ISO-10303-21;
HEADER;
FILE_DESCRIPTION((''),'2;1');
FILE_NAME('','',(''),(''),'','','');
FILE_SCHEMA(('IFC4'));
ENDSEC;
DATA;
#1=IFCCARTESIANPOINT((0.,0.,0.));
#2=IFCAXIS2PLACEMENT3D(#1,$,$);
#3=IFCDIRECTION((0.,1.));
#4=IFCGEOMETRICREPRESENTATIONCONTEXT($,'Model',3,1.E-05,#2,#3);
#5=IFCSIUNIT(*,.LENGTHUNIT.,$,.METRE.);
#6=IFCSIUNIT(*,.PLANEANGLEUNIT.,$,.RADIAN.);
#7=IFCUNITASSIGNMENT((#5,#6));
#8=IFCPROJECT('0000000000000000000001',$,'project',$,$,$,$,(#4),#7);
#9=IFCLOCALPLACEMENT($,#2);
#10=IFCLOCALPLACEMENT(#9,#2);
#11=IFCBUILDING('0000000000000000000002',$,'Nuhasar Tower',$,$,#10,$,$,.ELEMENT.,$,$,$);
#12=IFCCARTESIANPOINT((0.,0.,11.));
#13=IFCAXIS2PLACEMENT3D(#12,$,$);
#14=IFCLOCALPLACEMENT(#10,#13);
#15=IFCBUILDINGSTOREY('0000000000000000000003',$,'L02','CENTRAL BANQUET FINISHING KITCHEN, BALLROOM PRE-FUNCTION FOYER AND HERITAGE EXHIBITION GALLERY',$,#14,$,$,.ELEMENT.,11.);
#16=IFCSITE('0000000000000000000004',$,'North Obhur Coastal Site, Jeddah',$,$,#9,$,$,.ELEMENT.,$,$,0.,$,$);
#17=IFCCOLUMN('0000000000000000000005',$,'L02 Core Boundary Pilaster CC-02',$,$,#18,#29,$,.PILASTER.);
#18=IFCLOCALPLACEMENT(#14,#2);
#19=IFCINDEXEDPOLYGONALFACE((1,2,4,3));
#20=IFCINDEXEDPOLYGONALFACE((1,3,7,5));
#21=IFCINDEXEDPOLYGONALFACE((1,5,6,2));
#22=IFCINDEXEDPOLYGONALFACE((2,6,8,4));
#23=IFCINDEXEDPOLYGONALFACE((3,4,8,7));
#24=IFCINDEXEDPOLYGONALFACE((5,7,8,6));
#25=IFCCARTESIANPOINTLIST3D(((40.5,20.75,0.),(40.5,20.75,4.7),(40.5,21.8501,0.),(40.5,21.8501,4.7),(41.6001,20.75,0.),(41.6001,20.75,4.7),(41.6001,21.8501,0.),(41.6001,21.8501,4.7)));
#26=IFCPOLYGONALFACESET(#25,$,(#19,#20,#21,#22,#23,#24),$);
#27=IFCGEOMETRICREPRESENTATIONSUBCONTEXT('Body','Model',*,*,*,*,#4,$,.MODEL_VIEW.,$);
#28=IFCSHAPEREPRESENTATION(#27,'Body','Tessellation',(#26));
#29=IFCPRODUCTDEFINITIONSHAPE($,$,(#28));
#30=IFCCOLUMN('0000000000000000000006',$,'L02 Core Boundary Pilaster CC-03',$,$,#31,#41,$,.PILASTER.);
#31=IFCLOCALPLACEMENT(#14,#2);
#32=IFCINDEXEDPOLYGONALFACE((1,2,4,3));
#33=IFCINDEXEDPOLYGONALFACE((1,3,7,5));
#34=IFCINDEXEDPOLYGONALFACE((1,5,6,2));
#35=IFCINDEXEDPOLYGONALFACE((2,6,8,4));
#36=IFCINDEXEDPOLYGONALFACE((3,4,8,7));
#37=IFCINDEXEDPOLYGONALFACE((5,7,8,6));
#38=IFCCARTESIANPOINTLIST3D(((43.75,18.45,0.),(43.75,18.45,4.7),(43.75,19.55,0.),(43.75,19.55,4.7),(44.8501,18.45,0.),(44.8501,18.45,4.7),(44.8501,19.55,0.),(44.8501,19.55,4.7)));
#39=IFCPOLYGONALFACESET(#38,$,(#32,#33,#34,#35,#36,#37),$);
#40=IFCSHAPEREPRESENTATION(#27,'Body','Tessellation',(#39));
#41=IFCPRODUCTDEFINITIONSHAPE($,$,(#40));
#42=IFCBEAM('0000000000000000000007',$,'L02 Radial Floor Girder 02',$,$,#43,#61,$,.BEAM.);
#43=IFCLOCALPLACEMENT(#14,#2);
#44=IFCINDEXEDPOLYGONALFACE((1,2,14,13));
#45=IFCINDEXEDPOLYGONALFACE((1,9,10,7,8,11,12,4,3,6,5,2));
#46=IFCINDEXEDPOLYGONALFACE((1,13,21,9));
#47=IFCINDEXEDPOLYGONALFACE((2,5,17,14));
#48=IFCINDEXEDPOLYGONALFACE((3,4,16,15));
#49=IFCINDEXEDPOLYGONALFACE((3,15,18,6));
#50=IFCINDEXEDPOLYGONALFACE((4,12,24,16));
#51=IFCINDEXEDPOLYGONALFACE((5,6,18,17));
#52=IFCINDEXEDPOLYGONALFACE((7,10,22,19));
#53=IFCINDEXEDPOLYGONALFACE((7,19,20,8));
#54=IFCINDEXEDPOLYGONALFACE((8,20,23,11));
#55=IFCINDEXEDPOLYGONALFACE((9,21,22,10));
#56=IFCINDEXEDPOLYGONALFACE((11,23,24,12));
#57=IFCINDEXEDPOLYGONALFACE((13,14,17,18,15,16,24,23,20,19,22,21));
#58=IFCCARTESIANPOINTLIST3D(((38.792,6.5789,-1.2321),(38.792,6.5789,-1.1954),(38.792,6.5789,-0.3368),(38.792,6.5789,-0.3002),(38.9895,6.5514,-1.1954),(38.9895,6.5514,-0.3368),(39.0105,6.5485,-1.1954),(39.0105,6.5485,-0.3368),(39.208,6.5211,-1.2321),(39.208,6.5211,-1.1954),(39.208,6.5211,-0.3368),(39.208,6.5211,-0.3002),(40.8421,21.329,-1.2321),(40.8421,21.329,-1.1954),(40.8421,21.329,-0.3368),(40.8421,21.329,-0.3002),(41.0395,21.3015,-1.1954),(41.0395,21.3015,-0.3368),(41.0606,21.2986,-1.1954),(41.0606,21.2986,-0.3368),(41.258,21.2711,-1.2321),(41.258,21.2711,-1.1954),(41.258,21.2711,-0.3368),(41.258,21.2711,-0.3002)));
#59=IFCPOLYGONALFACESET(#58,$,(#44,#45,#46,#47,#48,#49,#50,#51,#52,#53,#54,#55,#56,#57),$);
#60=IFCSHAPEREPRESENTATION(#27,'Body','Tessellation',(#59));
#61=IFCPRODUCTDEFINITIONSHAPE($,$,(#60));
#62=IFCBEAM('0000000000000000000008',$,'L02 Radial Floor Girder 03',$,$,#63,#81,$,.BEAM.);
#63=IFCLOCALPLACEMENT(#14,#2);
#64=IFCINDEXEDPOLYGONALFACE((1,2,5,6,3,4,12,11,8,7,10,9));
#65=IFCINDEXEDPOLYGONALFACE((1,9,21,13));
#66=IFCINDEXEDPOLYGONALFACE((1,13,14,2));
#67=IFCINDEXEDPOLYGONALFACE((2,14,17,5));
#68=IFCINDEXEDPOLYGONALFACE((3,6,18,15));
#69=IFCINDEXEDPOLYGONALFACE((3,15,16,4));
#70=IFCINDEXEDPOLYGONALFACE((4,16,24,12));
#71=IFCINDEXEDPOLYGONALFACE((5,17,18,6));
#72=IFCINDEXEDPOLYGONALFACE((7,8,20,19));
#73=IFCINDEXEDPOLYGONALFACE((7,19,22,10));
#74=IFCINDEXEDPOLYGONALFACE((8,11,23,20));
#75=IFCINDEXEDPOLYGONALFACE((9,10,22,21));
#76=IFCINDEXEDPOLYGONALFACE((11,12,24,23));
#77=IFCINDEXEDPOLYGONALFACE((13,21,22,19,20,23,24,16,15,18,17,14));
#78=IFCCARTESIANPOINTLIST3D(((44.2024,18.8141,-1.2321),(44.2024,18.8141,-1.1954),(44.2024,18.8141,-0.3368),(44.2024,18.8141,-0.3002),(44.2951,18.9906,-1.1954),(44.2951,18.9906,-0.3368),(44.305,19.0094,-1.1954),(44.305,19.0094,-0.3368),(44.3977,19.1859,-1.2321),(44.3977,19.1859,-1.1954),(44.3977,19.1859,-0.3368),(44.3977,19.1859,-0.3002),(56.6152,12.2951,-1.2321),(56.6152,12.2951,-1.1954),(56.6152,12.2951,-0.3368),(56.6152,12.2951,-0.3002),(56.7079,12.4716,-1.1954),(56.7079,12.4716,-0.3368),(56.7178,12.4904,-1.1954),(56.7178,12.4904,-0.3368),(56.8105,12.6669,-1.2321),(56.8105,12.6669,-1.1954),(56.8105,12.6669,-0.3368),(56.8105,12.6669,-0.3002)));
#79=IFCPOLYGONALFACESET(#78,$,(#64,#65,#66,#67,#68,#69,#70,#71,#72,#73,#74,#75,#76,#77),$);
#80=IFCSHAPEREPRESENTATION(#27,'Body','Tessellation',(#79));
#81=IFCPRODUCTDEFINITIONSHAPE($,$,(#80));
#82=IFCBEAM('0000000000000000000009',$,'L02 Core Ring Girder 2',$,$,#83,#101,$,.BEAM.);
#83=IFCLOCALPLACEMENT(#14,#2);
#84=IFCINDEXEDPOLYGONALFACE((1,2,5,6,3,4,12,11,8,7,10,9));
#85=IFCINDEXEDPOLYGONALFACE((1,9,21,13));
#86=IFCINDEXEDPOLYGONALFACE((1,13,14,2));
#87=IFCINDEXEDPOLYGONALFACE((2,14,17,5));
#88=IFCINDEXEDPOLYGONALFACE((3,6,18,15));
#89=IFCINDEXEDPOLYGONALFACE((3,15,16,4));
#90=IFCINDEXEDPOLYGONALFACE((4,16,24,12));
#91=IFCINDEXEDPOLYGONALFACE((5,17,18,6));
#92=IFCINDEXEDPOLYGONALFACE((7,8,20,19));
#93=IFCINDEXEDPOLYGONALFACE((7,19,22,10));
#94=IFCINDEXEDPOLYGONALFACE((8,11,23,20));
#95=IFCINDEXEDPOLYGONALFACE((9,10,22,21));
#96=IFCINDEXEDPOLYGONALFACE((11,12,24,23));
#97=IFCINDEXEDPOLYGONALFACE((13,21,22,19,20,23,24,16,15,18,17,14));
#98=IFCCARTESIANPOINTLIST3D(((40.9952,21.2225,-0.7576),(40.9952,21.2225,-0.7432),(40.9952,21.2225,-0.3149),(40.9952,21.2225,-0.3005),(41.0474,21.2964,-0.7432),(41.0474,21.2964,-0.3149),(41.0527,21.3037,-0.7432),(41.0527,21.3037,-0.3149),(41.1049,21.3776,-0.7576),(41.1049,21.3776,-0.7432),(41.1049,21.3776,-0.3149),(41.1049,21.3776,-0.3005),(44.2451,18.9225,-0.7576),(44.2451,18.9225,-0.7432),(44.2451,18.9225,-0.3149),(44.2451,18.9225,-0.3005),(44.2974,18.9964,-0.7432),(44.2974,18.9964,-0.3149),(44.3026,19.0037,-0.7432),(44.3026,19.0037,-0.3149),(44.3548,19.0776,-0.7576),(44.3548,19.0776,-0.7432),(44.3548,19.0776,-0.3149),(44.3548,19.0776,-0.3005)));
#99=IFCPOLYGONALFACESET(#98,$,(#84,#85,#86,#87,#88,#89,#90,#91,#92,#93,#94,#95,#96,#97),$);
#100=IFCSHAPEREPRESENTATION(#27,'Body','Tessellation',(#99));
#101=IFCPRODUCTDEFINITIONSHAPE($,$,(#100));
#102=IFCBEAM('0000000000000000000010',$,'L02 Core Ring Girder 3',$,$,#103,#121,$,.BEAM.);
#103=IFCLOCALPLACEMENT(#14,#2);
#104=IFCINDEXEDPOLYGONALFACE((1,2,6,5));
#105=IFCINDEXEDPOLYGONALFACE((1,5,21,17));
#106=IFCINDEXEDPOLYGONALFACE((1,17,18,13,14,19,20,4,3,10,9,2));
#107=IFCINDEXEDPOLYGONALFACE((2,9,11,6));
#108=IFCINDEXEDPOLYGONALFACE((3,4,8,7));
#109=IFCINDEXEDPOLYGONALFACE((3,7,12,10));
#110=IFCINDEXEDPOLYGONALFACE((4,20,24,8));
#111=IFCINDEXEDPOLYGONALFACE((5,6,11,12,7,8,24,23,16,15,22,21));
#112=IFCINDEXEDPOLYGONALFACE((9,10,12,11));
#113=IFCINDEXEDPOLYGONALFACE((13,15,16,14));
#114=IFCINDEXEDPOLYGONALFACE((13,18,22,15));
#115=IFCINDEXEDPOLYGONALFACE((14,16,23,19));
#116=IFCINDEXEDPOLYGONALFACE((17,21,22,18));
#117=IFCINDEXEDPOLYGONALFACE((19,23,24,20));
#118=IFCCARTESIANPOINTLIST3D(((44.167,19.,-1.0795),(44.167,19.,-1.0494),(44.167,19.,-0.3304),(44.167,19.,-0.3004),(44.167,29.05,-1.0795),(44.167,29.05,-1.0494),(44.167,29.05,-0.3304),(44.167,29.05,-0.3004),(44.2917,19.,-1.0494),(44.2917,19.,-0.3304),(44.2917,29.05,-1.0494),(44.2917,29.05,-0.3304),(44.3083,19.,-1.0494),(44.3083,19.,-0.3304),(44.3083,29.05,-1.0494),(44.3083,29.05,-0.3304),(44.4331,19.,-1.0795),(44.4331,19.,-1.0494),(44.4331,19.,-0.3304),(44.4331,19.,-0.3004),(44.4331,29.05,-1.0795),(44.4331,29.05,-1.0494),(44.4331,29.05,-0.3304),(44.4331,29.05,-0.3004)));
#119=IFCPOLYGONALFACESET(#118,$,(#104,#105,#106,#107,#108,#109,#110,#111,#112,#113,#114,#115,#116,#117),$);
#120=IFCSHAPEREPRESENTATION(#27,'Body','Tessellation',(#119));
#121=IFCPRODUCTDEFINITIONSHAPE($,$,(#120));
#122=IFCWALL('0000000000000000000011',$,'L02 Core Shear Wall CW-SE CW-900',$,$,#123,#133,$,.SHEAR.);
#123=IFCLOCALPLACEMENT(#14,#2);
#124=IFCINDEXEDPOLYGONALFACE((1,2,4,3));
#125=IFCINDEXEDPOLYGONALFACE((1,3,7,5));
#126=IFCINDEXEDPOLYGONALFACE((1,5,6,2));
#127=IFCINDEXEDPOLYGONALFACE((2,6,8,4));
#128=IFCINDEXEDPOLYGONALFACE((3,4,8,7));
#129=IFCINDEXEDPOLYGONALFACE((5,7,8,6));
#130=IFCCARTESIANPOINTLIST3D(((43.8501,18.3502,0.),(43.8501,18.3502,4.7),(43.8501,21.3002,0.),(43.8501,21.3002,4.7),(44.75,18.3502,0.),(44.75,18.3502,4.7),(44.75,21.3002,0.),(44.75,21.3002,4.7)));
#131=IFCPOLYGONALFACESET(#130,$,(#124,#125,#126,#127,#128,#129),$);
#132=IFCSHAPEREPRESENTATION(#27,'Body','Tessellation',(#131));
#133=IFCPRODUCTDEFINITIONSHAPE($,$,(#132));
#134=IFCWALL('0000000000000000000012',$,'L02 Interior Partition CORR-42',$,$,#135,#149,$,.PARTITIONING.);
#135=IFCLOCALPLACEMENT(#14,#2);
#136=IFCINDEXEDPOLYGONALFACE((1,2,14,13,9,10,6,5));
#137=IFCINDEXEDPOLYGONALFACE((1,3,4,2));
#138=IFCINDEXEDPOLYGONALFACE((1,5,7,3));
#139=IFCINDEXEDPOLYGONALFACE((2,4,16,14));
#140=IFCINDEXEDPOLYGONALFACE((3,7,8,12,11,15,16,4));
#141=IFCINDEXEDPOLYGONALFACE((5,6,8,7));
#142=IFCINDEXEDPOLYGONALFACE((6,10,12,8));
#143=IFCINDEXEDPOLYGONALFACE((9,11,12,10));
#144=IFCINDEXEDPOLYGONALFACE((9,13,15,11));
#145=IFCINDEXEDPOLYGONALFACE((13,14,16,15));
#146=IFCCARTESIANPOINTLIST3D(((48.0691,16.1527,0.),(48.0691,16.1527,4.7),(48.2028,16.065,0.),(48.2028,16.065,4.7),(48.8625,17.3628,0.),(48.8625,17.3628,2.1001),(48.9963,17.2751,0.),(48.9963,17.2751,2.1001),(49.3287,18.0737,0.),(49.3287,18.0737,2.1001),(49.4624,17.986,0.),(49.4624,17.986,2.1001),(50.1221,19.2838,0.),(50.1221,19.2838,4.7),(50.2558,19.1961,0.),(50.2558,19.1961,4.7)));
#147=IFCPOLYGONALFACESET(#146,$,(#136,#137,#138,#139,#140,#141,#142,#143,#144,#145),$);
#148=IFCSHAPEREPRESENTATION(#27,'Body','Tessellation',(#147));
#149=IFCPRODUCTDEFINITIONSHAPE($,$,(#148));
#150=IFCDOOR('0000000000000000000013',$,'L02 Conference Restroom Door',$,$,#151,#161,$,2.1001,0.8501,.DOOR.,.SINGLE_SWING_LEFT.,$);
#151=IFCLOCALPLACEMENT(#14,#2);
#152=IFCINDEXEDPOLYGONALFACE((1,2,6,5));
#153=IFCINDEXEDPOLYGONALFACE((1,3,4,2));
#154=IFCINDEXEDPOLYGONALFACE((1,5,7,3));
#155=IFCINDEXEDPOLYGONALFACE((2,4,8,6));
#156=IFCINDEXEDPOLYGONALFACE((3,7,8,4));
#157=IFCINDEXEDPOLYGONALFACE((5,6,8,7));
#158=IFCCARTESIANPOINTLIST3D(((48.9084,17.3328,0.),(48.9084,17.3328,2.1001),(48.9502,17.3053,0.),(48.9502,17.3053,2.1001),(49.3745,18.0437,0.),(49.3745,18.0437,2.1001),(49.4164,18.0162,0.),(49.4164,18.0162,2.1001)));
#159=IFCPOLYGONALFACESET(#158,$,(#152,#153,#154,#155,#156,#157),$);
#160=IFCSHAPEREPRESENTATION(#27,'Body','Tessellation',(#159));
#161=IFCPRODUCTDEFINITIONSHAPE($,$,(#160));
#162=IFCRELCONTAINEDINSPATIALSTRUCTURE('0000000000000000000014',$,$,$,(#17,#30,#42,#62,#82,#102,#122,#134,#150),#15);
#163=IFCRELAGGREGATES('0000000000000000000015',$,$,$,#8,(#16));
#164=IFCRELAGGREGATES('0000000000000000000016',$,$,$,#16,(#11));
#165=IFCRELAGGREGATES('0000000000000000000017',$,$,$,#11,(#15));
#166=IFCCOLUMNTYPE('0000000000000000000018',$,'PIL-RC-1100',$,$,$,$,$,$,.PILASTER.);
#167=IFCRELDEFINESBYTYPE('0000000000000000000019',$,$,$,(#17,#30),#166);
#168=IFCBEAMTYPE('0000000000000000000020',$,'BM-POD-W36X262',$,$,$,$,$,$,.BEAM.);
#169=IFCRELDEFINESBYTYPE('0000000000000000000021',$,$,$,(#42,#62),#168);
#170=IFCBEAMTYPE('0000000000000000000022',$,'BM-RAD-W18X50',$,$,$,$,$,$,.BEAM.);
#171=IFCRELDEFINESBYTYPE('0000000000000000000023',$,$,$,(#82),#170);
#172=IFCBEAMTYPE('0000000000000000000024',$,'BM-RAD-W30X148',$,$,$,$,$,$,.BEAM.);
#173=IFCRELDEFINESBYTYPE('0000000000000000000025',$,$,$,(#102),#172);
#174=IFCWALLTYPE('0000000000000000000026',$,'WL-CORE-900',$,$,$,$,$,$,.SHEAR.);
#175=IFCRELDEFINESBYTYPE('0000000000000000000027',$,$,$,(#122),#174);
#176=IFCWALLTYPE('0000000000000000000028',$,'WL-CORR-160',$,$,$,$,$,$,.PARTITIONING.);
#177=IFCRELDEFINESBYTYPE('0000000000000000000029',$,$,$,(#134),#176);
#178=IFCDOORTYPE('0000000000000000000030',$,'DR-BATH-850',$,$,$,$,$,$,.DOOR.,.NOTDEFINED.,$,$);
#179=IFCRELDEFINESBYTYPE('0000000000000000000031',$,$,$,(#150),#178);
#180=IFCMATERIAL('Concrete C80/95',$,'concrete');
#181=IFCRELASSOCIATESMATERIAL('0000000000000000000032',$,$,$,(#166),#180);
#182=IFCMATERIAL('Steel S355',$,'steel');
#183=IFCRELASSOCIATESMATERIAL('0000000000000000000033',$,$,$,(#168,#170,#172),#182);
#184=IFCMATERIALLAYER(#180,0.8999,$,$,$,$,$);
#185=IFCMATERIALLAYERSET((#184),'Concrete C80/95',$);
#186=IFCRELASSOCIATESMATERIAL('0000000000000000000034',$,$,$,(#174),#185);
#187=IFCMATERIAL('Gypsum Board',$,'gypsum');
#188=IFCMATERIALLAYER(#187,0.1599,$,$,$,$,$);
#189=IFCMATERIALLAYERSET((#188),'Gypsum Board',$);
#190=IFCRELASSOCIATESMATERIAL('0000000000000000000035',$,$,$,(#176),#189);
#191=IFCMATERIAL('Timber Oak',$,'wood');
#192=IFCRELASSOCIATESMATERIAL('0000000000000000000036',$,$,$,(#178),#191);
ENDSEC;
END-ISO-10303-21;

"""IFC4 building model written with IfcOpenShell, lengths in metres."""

from ifc_helpers import new_model, si_unit, direction, frame, frame_2d, origin, origin_2d, place, context, subcontext, project, spatial, rectangle, i_section, extrude, material, layer, layer_set, material_profile, profile_set, type_object, element, fill, save


model = new_model("IFC4")

# Units and contexts
model_context = context("Model", 3, precision=1e-05, world=origin(), true_north=direction((0.0, 1.0)))
body_context = subcontext(model_context, "Body", "Model", "MODEL_VIEW")
ifc_project = project(units=[si_unit("LENGTHUNIT", "METRE"), si_unit("PLANEANGLEUNIT", "RADIAN")], contexts=[model_context])

# Site, building, storey
site_placement = place(None, origin())
site = spatial("IfcSite", under=ifc_project, at=site_placement, Name="North Obhur Coastal Site, Jeddah", CompositionType="ELEMENT", RefElevation=0.0)
building_placement = place(site_placement, origin())
building = spatial("IfcBuilding", under=site, at=building_placement, Name="Nuhasar Tower", CompositionType="ELEMENT")
storey_placement = place(building_placement, frame((0.0, 0.0, 11.0)))
storey = spatial("IfcBuildingStorey", under=building, at=storey_placement, Name="L02", Description="CENTRAL BANQUET FINISHING KITCHEN, BALLROOM PRE-FUNCTION FOYER AND HERITAGE EXHIBITION GALLERY", CompositionType="ELEMENT", Elevation=11.0)

# Columns
ifc_material_1 = material(Name="Concrete C80/95", Category="concrete")
ifc_material_profile_1 = material_profile(ifc_material_1, rectangle(XDim=1.1001, YDim=1.1001, at=origin_2d()), Name="RC1100X1100")
ifc_profile_set_1 = profile_set([ifc_material_profile_1], Name="Concrete C80/95")
column_type = type_object("IfcColumnType", Name="PIL-RC-1100", PredefinedType="PILASTER", material=ifc_profile_set_1)
for number, where, z_axis, x_axis, name in (
    (1, (41.05, 21.3, 0.0), (0.0, 0.0, 1.0), (1.0, 0.0, 0.0), "L02 Core Boundary Pilaster CC-02"),
    (2, (44.3, 19.0, 0.0), (0.0, 0.0, 1.0), (1.0, 0.0, 0.0), "L02 Core Boundary Pilaster CC-03"),
):
    element("IfcColumn", number, at=place(storey_placement, frame(where, z_axis=z_axis, x_axis=x_axis)), inside=storey, type_object=column_type, Name=name, PredefinedType="PILASTER", context=body_context, shape_type="SweptSolid", body=[
        extrude(rectangle(XDim=1.1001, YDim=1.1001, at=origin_2d()), origin(), (0.0, 0.0, 1.0), 4.7),
    ])

# Beams
ifc_material_2 = material(Name="Steel S355", Category="steel")
ifc_material_profile_2 = material_profile(ifc_material_2, i_section(OverallWidth=0.4199, OverallDepth=0.9319, WebThickness=0.0212, FlangeThickness=0.0366, at=origin_2d()), Name="W36X262")
ifc_profile_set_2 = profile_set([ifc_material_profile_2], Name="Steel S355")
beam_type_1 = type_object("IfcBeamType", Name="BM-POD-W36X262", PredefinedType="BEAM", material=ifc_profile_set_2)
beam_1_placement = place(storey_placement, frame((41.05, 21.3, -0.7661), z_axis=(-0.137663, -0.990479, 0.0), x_axis=(0.990479, -0.137663, 0.0)))
element("IfcBeam", 3, at=beam_1_placement, inside=storey, type_object=beam_type_1, Name="L02 Radial Floor Girder 02", PredefinedType="BEAM", context=body_context, shape_type="SweptSolid", body=[
    extrude(i_section(OverallWidth=0.4199, OverallDepth=0.9319, WebThickness=0.0212, FlangeThickness=0.0366, at=origin_2d()), origin(), (0.0, 0.0, 1.0), 14.8918),
])
beam_2_placement = place(storey_placement, frame((44.3, 19.0, -0.7661), z_axis=(0.88533, -0.464963, 0.0), x_axis=(0.464963, 0.88533, 0.0)))
element("IfcBeam", 4, at=beam_2_placement, inside=storey, type_object=beam_type_1, Name="L02 Radial Floor Girder 03", PredefinedType="BEAM", context=body_context, shape_type="SweptSolid", body=[
    extrude(i_section(OverallWidth=0.4199, OverallDepth=0.9319, WebThickness=0.0212, FlangeThickness=0.0366, at=origin_2d()), origin(), (0.0, 0.0, 1.0), 14.0205),
])
ifc_material_profile_3 = material_profile(ifc_material_2, i_section(OverallWidth=0.1899, OverallDepth=0.457, WebThickness=0.009, FlangeThickness=0.0144, at=origin_2d()), Name="W18X50")
ifc_profile_set_3 = profile_set([ifc_material_profile_3], Name="Steel S355")
beam_type_2 = type_object("IfcBeamType", Name="BM-RAD-W18X50", PredefinedType="BEAM", material=ifc_profile_set_3)
beam_3_placement = place(storey_placement, frame((41.05, 21.3, -0.5291), z_axis=(0.816265, -0.577677, 0.0), x_axis=(0.577677, 0.816265, 0.0)))
element("IfcBeam", 5, at=beam_3_placement, inside=storey, type_object=beam_type_2, Name="L02 Core Ring Girder 2", PredefinedType="BEAM", context=body_context, shape_type="SweptSolid", body=[
    extrude(i_section(OverallWidth=0.1899, OverallDepth=0.457, WebThickness=0.009, FlangeThickness=0.0144, at=origin_2d()), origin(), (0.0, 0.0, 1.0), 3.9814),
])
ifc_material_profile_4 = material_profile(ifc_material_2, i_section(OverallWidth=0.2661, OverallDepth=0.7791, WebThickness=0.0166, FlangeThickness=0.03, at=origin_2d()), Name="W30X148")
ifc_profile_set_4 = profile_set([ifc_material_profile_4], Name="Steel S355")
beam_type_3 = type_object("IfcBeamType", Name="BM-RAD-W30X148", PredefinedType="BEAM", material=ifc_profile_set_4)
beam_4_placement = place(storey_placement, frame((44.3, 19.0, -0.6899), z_axis=(0.0, 1.0, 0.0), x_axis=(-1.0, 0.0, 0.0)))
element("IfcBeam", 6, at=beam_4_placement, inside=storey, type_object=beam_type_3, Name="L02 Core Ring Girder 3", PredefinedType="BEAM", context=body_context, shape_type="SweptSolid", body=[
    extrude(i_section(OverallWidth=0.2661, OverallDepth=0.7791, WebThickness=0.0166, FlangeThickness=0.03, at=origin_2d()), origin(), (0.0, 0.0, 1.0), 10.05),
])

# Wall
ifc_layer_1 = layer(ifc_material_1, 0.8999)
ifc_layer_set_1 = layer_set([ifc_layer_1], Name="Concrete C80/95")
wall_type_1 = type_object("IfcWallType", Name="WL-CORE-900", PredefinedType="SHEAR", material=ifc_layer_set_1)
wall_1_placement = place(storey_placement, frame((44.3, 18.3501, 0.0), z_axis=(0.0, 0.0, 1.0), x_axis=(0.0, 1.0, 0.0)))
element("IfcWall", 7, at=wall_1_placement, inside=storey, type_object=wall_type_1, Name="L02 Core Shear Wall CW-SE CW-900", PredefinedType="SHEAR", context=body_context, shape_type="SweptSolid", body=[
    extrude(rectangle(XDim=2.95, YDim=0.8999, at=frame_2d((1.4751, 0.0))), origin(), (0.0, 0.0, 1.0), 4.7),
])

# Wall, opening, door
ifc_material_3 = material(Name="Gypsum Board", Category="gypsum")
ifc_layer_2 = layer(ifc_material_3, 0.1599)
ifc_layer_set_2 = layer_set([ifc_layer_2], Name="Gypsum Board")
wall_type_2 = type_object("IfcWallType", Name="WL-CORR-160", PredefinedType="PARTITIONING", material=ifc_layer_set_2)
wall_2_placement = place(storey_placement, frame((50.189, 19.24, 0.0), z_axis=(0.0, 0.0, 1.0), x_axis=(-0.548319, -0.836269, 0.0)))
wall_2 = element("IfcWall", 8, at=wall_2_placement, inside=storey, type_object=wall_type_2, Name="L02 Interior Partition CORR-42", PredefinedType="PARTITIONING", context=body_context, shape_type="SweptSolid", body=[
    extrude(rectangle(XDim=3.7441, YDim=0.1599, at=frame_2d((1.8721, 0.0))), origin(), (0.0, 0.0, 1.0), 4.7),
])
opening_1_placement = place(wall_2_placement, frame((1.447, 0.0, 0.0)))
opening_1 = element("IfcOpeningElement", 9, at=opening_1_placement, cuts=wall_2, PredefinedType="OPENING", context=body_context, shape_type="SweptSolid", body=[
    extrude(rectangle(XDim=0.8501, YDim=2.1001, at=frame_2d((0.425, 1.05))), frame((0.0, 0.0898, 0.0), z_axis=(0.0, -1.0, 0.0), x_axis=(1.0, 0.0, 0.0)), (0.0, 0.0, 1.0), 0.1799),
])
ifc_material_4 = material(Name="Timber Oak", Category="wood")
door_type_1 = type_object("IfcDoorType", Name="DR-BATH-850", OperationType="NOTDEFINED", PredefinedType="DOOR", material=ifc_material_4)
door_1_placement = place(opening_1_placement, origin())
door_1 = element("IfcDoor", 10, at=door_1_placement, inside=storey, type_object=door_type_1, Name="L02 Conference Restroom Door", OperationType="SINGLE_SWING_LEFT", OverallHeight=2.1001, OverallWidth=0.8501, PredefinedType="DOOR", context=body_context, shape_type="SweptSolid", body=[
    extrude(rectangle(XDim=0.8501, YDim=2.1001, at=frame_2d((0.425, 1.05))), frame((0.0, 0.0249, 0.0), z_axis=(0.0, -1.0, 0.0), x_axis=(1.0, 0.0, 0.0)), (0.0, 0.0, 1.0), 0.05),
])
fill(opening_1, door_1)

save(model, "model.ifc")
